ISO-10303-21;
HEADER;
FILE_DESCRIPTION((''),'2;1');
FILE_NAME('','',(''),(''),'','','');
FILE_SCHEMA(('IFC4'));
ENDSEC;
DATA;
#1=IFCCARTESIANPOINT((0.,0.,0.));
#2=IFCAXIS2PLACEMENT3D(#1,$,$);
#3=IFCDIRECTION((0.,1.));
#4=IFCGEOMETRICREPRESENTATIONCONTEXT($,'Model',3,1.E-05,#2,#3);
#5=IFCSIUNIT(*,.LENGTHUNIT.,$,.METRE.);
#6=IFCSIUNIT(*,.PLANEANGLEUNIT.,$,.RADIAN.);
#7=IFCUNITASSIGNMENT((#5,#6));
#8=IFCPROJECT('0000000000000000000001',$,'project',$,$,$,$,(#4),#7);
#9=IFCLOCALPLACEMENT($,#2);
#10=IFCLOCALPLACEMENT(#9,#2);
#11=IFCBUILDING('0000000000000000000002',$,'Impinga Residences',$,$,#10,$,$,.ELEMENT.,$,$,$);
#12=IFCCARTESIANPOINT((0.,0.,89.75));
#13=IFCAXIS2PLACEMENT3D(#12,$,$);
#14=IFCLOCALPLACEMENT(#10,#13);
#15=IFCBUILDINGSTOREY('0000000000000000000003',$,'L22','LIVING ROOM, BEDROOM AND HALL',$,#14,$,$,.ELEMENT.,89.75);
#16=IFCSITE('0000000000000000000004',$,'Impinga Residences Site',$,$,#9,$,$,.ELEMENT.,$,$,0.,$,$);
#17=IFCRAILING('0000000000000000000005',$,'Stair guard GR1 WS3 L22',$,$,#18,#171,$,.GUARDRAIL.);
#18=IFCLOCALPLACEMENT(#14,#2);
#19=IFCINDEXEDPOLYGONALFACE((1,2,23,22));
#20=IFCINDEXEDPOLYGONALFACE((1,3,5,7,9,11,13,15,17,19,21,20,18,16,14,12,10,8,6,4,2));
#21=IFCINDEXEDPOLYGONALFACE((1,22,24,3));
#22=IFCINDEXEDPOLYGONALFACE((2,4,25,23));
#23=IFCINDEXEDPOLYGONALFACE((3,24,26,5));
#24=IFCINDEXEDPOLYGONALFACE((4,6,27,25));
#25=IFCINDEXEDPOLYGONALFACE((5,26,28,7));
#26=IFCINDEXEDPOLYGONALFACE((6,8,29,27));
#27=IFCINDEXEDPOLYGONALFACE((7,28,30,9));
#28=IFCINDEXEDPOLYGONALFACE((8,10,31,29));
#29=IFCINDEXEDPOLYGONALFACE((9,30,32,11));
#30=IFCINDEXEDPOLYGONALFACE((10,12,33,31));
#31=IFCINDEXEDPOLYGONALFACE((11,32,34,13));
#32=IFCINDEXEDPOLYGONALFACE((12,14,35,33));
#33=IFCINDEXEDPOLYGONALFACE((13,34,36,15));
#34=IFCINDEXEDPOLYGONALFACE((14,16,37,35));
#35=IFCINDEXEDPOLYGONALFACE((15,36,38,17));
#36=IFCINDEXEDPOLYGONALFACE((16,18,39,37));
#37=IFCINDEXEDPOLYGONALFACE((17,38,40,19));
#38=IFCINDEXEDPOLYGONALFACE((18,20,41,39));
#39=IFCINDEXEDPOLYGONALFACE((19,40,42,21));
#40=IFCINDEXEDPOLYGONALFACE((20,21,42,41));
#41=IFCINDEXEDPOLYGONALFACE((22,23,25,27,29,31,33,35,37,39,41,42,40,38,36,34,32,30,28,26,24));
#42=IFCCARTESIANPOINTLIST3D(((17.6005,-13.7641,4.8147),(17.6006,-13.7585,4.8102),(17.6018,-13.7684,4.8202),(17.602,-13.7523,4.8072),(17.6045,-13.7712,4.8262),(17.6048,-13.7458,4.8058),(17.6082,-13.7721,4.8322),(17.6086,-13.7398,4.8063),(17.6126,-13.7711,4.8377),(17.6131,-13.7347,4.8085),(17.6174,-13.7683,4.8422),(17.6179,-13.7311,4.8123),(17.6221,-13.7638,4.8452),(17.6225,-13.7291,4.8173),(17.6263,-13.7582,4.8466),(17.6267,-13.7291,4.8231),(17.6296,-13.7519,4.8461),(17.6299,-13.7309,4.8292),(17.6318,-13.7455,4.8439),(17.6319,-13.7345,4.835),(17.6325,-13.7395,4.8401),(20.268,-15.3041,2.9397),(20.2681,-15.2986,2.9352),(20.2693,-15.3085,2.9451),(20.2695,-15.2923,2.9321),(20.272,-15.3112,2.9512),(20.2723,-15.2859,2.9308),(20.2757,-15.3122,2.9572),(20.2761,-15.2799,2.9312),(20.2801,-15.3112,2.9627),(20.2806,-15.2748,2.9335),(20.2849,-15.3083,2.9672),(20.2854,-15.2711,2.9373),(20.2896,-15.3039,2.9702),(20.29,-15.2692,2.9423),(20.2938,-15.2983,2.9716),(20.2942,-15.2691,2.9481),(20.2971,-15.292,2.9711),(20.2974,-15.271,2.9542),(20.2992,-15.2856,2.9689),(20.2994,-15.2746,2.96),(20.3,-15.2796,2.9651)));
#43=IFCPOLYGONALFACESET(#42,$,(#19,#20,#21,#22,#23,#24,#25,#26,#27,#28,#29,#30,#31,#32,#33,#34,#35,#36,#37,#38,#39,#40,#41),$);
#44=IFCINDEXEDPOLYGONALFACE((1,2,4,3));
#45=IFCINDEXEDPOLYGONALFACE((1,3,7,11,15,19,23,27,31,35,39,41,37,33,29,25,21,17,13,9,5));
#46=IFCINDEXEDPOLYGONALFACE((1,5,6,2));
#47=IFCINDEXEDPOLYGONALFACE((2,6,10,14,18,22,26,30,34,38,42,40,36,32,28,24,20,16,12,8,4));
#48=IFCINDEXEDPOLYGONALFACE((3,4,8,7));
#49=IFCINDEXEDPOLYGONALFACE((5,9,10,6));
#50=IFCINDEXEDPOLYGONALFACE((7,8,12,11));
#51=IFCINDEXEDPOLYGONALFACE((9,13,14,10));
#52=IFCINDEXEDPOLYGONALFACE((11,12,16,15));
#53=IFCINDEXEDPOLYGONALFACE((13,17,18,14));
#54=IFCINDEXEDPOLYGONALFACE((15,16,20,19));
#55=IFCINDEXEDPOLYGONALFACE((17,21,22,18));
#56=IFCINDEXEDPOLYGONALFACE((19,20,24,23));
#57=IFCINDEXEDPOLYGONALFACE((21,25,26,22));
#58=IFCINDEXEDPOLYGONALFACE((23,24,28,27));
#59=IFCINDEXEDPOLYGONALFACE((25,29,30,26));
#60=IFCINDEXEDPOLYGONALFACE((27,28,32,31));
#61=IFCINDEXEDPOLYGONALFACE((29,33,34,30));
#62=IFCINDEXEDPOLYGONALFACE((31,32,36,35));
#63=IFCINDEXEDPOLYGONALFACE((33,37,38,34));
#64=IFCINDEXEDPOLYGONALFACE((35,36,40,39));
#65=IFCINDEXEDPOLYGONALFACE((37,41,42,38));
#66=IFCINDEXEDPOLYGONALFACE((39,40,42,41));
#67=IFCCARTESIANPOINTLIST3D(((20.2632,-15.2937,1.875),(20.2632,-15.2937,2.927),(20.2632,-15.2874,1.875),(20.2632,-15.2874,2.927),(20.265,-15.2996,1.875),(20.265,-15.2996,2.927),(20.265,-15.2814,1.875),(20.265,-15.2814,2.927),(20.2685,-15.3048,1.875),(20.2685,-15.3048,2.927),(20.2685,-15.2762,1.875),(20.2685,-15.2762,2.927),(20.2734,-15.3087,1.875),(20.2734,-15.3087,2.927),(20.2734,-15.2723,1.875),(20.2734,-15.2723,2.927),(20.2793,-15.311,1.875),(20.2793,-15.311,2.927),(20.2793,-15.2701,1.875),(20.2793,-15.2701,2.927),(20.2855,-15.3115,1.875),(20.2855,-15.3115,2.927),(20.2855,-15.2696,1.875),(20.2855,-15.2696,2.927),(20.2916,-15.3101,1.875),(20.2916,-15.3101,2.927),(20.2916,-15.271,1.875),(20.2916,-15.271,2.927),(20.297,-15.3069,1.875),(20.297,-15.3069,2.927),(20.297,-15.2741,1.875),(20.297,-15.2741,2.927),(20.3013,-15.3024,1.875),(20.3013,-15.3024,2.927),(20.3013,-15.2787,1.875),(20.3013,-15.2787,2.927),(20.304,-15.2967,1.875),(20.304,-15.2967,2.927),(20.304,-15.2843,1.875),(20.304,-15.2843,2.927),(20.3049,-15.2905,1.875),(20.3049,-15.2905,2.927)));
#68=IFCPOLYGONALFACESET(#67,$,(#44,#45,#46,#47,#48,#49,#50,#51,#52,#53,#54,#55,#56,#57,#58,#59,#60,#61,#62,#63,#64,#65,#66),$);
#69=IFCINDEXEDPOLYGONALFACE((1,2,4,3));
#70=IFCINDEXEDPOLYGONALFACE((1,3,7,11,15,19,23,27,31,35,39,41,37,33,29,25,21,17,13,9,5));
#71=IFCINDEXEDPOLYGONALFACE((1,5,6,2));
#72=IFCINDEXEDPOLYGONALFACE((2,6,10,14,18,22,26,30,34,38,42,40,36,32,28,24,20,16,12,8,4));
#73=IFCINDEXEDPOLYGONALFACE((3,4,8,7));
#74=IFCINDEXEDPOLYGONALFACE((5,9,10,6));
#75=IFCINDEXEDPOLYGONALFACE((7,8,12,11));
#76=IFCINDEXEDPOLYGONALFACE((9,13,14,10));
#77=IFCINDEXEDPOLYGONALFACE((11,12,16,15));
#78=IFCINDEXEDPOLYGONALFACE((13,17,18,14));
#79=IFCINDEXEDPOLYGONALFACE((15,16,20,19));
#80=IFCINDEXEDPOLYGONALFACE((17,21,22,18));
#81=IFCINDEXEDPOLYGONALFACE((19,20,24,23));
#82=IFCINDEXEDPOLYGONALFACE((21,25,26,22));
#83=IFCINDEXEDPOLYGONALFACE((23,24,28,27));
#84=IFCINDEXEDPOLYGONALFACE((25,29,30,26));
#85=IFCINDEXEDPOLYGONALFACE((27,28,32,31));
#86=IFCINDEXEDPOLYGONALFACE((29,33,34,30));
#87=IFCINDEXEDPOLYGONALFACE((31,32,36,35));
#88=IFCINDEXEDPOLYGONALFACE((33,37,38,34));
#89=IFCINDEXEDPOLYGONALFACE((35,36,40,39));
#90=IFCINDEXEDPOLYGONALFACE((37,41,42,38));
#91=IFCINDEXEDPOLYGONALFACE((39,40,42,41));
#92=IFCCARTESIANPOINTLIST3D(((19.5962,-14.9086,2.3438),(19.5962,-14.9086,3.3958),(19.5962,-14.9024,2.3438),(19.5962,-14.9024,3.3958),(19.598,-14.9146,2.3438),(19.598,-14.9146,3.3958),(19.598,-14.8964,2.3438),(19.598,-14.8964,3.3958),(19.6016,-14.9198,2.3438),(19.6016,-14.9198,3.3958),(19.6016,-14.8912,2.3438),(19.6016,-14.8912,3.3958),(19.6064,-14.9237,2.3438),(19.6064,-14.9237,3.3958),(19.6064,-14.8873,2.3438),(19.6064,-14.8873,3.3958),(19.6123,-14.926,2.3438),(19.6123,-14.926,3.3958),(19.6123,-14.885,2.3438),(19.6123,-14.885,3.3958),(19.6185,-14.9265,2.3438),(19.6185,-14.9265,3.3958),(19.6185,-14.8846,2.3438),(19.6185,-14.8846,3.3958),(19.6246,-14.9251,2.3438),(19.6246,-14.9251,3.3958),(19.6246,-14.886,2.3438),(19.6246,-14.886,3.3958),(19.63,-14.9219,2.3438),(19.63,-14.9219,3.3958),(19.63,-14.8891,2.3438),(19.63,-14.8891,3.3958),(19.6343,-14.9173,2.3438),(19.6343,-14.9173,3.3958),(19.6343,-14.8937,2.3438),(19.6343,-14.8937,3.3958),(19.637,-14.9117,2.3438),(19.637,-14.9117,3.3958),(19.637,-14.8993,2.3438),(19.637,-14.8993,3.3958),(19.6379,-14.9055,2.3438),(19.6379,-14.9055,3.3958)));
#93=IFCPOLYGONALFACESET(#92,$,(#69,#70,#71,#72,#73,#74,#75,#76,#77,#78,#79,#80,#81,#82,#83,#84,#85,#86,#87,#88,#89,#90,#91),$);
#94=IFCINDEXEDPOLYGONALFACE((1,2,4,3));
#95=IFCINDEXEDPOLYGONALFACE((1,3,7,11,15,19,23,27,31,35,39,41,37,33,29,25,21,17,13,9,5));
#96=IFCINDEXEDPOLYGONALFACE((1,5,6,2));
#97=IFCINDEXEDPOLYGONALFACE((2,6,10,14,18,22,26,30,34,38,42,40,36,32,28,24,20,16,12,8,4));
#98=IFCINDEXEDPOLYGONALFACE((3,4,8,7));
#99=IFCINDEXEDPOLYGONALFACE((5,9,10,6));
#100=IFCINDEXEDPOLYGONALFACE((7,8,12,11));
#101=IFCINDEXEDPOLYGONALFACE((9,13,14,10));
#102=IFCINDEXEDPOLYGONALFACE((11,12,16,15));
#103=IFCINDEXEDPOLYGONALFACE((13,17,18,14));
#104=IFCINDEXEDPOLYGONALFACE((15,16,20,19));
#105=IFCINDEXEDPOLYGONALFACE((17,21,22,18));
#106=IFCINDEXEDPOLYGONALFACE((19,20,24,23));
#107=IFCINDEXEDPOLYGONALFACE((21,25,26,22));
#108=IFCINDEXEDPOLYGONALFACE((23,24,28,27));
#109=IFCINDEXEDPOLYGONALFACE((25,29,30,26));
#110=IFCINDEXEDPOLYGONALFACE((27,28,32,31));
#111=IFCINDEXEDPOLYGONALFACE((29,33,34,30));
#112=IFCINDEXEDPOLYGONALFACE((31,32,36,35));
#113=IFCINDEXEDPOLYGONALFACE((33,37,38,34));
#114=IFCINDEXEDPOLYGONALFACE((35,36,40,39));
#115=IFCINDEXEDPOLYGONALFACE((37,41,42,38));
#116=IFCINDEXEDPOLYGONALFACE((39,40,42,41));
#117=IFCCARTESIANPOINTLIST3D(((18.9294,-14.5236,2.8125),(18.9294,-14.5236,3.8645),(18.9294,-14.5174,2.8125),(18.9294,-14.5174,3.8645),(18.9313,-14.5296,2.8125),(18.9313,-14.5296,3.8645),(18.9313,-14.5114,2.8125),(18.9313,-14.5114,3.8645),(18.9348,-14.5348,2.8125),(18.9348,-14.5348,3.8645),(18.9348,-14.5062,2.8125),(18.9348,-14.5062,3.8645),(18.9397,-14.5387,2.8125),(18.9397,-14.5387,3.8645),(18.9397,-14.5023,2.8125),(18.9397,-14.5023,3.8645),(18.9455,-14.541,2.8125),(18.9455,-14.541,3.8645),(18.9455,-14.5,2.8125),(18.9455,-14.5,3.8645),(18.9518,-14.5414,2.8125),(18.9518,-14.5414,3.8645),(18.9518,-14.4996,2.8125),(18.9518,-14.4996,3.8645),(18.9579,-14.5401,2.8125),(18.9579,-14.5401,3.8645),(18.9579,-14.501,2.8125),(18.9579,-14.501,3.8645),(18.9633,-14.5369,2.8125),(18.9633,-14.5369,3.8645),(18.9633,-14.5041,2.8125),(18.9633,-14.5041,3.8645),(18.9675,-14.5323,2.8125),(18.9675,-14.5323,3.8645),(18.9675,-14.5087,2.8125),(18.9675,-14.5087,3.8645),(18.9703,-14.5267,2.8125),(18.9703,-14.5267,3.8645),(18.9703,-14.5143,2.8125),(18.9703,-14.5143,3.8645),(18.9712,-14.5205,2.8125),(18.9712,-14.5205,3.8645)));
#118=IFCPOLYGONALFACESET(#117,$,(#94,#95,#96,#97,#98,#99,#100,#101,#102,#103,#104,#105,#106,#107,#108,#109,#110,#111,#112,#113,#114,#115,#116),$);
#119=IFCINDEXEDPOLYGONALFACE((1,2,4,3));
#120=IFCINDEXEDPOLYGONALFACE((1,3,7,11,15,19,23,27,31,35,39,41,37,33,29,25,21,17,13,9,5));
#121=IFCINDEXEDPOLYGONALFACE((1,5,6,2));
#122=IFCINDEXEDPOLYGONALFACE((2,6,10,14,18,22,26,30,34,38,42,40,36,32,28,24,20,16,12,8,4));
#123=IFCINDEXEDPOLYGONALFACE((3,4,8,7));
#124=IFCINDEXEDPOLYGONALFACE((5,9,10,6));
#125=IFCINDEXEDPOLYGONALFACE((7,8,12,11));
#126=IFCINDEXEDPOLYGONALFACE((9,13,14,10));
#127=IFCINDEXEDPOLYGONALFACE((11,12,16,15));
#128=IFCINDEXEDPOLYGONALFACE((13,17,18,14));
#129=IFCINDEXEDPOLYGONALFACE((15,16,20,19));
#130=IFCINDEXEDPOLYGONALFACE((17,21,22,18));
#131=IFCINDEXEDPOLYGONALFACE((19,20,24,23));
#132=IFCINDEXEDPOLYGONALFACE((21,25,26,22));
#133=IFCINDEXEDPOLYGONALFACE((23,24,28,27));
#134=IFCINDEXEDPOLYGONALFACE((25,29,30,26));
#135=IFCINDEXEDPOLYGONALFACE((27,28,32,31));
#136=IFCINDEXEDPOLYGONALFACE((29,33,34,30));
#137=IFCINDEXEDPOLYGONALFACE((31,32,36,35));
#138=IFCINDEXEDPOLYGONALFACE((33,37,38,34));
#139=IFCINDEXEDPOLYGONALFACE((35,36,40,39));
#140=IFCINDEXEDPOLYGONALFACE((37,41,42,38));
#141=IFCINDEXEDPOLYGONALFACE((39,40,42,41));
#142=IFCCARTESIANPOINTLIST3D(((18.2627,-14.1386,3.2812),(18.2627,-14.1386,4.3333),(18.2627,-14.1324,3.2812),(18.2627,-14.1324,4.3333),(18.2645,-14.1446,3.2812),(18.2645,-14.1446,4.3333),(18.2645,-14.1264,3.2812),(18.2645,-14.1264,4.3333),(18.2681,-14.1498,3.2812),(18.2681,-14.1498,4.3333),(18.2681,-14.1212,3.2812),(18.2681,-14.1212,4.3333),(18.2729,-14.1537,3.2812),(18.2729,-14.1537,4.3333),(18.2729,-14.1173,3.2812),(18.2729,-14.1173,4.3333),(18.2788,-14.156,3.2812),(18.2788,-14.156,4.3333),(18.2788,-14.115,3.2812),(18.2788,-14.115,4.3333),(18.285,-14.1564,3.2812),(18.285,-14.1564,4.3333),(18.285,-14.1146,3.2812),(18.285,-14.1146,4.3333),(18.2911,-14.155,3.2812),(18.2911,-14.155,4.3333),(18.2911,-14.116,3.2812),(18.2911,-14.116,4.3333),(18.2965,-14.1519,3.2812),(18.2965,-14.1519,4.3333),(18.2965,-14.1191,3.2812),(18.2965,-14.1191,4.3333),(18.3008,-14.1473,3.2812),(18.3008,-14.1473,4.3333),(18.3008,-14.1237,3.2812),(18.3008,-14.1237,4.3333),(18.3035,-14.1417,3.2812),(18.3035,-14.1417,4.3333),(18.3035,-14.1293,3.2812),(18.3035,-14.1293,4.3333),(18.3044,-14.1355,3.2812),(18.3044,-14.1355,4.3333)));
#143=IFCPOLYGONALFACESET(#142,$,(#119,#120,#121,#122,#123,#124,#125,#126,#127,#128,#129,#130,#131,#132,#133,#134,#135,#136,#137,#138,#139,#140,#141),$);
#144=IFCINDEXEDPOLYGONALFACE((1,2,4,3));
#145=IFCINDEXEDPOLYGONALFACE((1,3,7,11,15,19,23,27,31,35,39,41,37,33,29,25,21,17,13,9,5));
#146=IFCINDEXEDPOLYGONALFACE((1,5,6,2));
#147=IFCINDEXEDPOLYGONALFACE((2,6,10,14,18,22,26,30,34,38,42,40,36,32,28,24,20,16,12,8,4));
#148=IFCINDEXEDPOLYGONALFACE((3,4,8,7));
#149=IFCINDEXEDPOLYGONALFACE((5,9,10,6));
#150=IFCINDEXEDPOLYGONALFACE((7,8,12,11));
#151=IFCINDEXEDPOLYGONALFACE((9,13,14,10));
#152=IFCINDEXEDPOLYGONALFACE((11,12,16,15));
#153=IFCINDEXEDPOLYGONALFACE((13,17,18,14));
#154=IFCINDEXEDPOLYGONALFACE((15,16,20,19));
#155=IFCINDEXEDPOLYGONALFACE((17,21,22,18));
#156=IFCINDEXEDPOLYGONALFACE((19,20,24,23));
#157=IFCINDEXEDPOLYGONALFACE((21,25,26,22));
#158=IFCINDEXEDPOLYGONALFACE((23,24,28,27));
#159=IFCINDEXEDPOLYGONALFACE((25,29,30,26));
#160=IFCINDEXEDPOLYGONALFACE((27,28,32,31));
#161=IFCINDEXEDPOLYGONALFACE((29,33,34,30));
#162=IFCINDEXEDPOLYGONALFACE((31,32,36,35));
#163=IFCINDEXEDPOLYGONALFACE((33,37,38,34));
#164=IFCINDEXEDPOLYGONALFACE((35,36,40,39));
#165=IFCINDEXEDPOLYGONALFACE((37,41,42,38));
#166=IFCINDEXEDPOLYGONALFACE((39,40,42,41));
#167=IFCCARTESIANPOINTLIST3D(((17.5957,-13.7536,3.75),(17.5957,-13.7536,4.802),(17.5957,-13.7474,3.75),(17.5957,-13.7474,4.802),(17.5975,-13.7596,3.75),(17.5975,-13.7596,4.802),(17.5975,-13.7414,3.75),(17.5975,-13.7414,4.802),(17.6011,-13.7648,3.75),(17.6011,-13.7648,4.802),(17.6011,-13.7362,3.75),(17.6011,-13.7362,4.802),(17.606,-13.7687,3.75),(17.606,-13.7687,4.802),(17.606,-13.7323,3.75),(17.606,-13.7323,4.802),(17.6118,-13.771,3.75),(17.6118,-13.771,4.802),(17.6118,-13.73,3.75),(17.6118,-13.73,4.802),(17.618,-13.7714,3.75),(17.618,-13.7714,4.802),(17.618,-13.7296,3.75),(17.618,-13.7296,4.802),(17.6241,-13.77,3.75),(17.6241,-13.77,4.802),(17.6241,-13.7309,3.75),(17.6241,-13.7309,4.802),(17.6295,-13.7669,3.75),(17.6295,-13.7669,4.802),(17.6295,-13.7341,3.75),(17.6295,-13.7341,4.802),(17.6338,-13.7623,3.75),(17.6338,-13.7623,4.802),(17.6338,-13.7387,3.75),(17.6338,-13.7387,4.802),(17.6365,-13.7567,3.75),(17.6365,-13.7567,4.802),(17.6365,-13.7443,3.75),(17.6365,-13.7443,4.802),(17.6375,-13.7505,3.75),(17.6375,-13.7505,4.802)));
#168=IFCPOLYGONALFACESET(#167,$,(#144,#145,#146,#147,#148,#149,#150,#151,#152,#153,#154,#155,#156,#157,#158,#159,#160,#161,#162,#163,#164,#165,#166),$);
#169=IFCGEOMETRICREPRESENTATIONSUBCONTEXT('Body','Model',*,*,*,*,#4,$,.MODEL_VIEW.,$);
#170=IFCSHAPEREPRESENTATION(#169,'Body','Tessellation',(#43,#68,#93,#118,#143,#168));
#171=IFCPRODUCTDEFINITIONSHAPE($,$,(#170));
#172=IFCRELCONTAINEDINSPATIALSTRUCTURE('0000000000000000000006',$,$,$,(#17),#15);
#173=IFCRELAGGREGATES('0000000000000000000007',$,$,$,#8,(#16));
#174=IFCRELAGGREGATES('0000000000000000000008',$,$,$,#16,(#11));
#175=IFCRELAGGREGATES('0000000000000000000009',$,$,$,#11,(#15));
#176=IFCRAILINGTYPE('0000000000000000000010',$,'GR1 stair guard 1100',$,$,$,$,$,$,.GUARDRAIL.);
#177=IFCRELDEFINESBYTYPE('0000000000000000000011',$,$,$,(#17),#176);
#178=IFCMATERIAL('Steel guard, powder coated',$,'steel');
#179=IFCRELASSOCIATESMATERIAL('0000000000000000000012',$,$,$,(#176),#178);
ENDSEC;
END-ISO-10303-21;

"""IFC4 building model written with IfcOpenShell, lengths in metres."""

from ifc_helpers import new_model, si_unit, direction, frame, origin, origin_2d, place, context, subcontext, project, spatial, circle, extrude, material, type_object, element, save


model = new_model("IFC4")

# Units and contexts
model_context = context("Model", 3, precision=1e-05, world=origin(), true_north=direction((0.0, 1.0)))
body_context = subcontext(model_context, "Body", "Model", "MODEL_VIEW")
ifc_project = project(units=[si_unit("LENGTHUNIT", "METRE"), si_unit("PLANEANGLEUNIT", "RADIAN")], contexts=[model_context])

# Site, building, storey
site_placement = place(None, origin())
site = spatial("IfcSite", under=ifc_project, at=site_placement, Name="Impinga Residences Site", CompositionType="ELEMENT", RefElevation=0.0)
building_placement = place(site_placement, origin())
building = spatial("IfcBuilding", under=site, at=building_placement, Name="Impinga Residences", CompositionType="ELEMENT")
storey_placement = place(building_placement, frame((0.0, 0.0, 89.75)))
storey = spatial("IfcBuildingStorey", under=building, at=storey_placement, Name="L22", Description="LIVING ROOM, BEDROOM AND HALL", CompositionType="ELEMENT", Elevation=89.75)

# Railing
ifc_material_1 = material(Name="Steel guard, powder coated", Category="steel")
railing_type_1 = type_object("IfcRailingType", Name="GR1 stair guard 1100", PredefinedType="GUARDRAIL", material=ifc_material_1)
railing_1_placement = place(storey_placement, frame((20.2839, -15.2905, 1.875)))
element("IfcRailing", 1, at=railing_1_placement, inside=storey, type_object=railing_type_1, Name="Stair guard GR1 WS3 L22", PredefinedType="GUARDRAIL", context=body_context, shape_type="SweptSolid", body=[
    extrude(circle(Radius=0.0239, at=origin_2d()), frame((0.0, 0.0, 1.0762), z_axis=(-0.739746, 0.427084, 0.519975), x_axis=(-0.499992, -0.86603, 0.0)), (0.0, 0.0, 1.0), 3.606),
    extrude(circle(Radius=0.021, at=origin_2d()), origin(), (0.0, 0.0, 1.0), 1.052),
    extrude(circle(Radius=0.021, at=origin_2d()), frame((-0.667, 0.385, 0.4688)), (0.0, 0.0, 1.0), 1.052),
    extrude(circle(Radius=0.021, at=origin_2d()), frame((-1.3337, 0.77, 0.9375)), (0.0, 0.0, 1.0), 1.052),
    extrude(circle(Radius=0.021, at=origin_2d()), frame((-2.0005, 1.155, 1.4062)), (0.0, 0.0, 1.0), 1.052),
    extrude(circle(Radius=0.021, at=origin_2d()), frame((-2.6675, 1.54, 1.875)), (0.0, 0.0, 1.0), 1.052),
])

save(model, "model.ifc")
